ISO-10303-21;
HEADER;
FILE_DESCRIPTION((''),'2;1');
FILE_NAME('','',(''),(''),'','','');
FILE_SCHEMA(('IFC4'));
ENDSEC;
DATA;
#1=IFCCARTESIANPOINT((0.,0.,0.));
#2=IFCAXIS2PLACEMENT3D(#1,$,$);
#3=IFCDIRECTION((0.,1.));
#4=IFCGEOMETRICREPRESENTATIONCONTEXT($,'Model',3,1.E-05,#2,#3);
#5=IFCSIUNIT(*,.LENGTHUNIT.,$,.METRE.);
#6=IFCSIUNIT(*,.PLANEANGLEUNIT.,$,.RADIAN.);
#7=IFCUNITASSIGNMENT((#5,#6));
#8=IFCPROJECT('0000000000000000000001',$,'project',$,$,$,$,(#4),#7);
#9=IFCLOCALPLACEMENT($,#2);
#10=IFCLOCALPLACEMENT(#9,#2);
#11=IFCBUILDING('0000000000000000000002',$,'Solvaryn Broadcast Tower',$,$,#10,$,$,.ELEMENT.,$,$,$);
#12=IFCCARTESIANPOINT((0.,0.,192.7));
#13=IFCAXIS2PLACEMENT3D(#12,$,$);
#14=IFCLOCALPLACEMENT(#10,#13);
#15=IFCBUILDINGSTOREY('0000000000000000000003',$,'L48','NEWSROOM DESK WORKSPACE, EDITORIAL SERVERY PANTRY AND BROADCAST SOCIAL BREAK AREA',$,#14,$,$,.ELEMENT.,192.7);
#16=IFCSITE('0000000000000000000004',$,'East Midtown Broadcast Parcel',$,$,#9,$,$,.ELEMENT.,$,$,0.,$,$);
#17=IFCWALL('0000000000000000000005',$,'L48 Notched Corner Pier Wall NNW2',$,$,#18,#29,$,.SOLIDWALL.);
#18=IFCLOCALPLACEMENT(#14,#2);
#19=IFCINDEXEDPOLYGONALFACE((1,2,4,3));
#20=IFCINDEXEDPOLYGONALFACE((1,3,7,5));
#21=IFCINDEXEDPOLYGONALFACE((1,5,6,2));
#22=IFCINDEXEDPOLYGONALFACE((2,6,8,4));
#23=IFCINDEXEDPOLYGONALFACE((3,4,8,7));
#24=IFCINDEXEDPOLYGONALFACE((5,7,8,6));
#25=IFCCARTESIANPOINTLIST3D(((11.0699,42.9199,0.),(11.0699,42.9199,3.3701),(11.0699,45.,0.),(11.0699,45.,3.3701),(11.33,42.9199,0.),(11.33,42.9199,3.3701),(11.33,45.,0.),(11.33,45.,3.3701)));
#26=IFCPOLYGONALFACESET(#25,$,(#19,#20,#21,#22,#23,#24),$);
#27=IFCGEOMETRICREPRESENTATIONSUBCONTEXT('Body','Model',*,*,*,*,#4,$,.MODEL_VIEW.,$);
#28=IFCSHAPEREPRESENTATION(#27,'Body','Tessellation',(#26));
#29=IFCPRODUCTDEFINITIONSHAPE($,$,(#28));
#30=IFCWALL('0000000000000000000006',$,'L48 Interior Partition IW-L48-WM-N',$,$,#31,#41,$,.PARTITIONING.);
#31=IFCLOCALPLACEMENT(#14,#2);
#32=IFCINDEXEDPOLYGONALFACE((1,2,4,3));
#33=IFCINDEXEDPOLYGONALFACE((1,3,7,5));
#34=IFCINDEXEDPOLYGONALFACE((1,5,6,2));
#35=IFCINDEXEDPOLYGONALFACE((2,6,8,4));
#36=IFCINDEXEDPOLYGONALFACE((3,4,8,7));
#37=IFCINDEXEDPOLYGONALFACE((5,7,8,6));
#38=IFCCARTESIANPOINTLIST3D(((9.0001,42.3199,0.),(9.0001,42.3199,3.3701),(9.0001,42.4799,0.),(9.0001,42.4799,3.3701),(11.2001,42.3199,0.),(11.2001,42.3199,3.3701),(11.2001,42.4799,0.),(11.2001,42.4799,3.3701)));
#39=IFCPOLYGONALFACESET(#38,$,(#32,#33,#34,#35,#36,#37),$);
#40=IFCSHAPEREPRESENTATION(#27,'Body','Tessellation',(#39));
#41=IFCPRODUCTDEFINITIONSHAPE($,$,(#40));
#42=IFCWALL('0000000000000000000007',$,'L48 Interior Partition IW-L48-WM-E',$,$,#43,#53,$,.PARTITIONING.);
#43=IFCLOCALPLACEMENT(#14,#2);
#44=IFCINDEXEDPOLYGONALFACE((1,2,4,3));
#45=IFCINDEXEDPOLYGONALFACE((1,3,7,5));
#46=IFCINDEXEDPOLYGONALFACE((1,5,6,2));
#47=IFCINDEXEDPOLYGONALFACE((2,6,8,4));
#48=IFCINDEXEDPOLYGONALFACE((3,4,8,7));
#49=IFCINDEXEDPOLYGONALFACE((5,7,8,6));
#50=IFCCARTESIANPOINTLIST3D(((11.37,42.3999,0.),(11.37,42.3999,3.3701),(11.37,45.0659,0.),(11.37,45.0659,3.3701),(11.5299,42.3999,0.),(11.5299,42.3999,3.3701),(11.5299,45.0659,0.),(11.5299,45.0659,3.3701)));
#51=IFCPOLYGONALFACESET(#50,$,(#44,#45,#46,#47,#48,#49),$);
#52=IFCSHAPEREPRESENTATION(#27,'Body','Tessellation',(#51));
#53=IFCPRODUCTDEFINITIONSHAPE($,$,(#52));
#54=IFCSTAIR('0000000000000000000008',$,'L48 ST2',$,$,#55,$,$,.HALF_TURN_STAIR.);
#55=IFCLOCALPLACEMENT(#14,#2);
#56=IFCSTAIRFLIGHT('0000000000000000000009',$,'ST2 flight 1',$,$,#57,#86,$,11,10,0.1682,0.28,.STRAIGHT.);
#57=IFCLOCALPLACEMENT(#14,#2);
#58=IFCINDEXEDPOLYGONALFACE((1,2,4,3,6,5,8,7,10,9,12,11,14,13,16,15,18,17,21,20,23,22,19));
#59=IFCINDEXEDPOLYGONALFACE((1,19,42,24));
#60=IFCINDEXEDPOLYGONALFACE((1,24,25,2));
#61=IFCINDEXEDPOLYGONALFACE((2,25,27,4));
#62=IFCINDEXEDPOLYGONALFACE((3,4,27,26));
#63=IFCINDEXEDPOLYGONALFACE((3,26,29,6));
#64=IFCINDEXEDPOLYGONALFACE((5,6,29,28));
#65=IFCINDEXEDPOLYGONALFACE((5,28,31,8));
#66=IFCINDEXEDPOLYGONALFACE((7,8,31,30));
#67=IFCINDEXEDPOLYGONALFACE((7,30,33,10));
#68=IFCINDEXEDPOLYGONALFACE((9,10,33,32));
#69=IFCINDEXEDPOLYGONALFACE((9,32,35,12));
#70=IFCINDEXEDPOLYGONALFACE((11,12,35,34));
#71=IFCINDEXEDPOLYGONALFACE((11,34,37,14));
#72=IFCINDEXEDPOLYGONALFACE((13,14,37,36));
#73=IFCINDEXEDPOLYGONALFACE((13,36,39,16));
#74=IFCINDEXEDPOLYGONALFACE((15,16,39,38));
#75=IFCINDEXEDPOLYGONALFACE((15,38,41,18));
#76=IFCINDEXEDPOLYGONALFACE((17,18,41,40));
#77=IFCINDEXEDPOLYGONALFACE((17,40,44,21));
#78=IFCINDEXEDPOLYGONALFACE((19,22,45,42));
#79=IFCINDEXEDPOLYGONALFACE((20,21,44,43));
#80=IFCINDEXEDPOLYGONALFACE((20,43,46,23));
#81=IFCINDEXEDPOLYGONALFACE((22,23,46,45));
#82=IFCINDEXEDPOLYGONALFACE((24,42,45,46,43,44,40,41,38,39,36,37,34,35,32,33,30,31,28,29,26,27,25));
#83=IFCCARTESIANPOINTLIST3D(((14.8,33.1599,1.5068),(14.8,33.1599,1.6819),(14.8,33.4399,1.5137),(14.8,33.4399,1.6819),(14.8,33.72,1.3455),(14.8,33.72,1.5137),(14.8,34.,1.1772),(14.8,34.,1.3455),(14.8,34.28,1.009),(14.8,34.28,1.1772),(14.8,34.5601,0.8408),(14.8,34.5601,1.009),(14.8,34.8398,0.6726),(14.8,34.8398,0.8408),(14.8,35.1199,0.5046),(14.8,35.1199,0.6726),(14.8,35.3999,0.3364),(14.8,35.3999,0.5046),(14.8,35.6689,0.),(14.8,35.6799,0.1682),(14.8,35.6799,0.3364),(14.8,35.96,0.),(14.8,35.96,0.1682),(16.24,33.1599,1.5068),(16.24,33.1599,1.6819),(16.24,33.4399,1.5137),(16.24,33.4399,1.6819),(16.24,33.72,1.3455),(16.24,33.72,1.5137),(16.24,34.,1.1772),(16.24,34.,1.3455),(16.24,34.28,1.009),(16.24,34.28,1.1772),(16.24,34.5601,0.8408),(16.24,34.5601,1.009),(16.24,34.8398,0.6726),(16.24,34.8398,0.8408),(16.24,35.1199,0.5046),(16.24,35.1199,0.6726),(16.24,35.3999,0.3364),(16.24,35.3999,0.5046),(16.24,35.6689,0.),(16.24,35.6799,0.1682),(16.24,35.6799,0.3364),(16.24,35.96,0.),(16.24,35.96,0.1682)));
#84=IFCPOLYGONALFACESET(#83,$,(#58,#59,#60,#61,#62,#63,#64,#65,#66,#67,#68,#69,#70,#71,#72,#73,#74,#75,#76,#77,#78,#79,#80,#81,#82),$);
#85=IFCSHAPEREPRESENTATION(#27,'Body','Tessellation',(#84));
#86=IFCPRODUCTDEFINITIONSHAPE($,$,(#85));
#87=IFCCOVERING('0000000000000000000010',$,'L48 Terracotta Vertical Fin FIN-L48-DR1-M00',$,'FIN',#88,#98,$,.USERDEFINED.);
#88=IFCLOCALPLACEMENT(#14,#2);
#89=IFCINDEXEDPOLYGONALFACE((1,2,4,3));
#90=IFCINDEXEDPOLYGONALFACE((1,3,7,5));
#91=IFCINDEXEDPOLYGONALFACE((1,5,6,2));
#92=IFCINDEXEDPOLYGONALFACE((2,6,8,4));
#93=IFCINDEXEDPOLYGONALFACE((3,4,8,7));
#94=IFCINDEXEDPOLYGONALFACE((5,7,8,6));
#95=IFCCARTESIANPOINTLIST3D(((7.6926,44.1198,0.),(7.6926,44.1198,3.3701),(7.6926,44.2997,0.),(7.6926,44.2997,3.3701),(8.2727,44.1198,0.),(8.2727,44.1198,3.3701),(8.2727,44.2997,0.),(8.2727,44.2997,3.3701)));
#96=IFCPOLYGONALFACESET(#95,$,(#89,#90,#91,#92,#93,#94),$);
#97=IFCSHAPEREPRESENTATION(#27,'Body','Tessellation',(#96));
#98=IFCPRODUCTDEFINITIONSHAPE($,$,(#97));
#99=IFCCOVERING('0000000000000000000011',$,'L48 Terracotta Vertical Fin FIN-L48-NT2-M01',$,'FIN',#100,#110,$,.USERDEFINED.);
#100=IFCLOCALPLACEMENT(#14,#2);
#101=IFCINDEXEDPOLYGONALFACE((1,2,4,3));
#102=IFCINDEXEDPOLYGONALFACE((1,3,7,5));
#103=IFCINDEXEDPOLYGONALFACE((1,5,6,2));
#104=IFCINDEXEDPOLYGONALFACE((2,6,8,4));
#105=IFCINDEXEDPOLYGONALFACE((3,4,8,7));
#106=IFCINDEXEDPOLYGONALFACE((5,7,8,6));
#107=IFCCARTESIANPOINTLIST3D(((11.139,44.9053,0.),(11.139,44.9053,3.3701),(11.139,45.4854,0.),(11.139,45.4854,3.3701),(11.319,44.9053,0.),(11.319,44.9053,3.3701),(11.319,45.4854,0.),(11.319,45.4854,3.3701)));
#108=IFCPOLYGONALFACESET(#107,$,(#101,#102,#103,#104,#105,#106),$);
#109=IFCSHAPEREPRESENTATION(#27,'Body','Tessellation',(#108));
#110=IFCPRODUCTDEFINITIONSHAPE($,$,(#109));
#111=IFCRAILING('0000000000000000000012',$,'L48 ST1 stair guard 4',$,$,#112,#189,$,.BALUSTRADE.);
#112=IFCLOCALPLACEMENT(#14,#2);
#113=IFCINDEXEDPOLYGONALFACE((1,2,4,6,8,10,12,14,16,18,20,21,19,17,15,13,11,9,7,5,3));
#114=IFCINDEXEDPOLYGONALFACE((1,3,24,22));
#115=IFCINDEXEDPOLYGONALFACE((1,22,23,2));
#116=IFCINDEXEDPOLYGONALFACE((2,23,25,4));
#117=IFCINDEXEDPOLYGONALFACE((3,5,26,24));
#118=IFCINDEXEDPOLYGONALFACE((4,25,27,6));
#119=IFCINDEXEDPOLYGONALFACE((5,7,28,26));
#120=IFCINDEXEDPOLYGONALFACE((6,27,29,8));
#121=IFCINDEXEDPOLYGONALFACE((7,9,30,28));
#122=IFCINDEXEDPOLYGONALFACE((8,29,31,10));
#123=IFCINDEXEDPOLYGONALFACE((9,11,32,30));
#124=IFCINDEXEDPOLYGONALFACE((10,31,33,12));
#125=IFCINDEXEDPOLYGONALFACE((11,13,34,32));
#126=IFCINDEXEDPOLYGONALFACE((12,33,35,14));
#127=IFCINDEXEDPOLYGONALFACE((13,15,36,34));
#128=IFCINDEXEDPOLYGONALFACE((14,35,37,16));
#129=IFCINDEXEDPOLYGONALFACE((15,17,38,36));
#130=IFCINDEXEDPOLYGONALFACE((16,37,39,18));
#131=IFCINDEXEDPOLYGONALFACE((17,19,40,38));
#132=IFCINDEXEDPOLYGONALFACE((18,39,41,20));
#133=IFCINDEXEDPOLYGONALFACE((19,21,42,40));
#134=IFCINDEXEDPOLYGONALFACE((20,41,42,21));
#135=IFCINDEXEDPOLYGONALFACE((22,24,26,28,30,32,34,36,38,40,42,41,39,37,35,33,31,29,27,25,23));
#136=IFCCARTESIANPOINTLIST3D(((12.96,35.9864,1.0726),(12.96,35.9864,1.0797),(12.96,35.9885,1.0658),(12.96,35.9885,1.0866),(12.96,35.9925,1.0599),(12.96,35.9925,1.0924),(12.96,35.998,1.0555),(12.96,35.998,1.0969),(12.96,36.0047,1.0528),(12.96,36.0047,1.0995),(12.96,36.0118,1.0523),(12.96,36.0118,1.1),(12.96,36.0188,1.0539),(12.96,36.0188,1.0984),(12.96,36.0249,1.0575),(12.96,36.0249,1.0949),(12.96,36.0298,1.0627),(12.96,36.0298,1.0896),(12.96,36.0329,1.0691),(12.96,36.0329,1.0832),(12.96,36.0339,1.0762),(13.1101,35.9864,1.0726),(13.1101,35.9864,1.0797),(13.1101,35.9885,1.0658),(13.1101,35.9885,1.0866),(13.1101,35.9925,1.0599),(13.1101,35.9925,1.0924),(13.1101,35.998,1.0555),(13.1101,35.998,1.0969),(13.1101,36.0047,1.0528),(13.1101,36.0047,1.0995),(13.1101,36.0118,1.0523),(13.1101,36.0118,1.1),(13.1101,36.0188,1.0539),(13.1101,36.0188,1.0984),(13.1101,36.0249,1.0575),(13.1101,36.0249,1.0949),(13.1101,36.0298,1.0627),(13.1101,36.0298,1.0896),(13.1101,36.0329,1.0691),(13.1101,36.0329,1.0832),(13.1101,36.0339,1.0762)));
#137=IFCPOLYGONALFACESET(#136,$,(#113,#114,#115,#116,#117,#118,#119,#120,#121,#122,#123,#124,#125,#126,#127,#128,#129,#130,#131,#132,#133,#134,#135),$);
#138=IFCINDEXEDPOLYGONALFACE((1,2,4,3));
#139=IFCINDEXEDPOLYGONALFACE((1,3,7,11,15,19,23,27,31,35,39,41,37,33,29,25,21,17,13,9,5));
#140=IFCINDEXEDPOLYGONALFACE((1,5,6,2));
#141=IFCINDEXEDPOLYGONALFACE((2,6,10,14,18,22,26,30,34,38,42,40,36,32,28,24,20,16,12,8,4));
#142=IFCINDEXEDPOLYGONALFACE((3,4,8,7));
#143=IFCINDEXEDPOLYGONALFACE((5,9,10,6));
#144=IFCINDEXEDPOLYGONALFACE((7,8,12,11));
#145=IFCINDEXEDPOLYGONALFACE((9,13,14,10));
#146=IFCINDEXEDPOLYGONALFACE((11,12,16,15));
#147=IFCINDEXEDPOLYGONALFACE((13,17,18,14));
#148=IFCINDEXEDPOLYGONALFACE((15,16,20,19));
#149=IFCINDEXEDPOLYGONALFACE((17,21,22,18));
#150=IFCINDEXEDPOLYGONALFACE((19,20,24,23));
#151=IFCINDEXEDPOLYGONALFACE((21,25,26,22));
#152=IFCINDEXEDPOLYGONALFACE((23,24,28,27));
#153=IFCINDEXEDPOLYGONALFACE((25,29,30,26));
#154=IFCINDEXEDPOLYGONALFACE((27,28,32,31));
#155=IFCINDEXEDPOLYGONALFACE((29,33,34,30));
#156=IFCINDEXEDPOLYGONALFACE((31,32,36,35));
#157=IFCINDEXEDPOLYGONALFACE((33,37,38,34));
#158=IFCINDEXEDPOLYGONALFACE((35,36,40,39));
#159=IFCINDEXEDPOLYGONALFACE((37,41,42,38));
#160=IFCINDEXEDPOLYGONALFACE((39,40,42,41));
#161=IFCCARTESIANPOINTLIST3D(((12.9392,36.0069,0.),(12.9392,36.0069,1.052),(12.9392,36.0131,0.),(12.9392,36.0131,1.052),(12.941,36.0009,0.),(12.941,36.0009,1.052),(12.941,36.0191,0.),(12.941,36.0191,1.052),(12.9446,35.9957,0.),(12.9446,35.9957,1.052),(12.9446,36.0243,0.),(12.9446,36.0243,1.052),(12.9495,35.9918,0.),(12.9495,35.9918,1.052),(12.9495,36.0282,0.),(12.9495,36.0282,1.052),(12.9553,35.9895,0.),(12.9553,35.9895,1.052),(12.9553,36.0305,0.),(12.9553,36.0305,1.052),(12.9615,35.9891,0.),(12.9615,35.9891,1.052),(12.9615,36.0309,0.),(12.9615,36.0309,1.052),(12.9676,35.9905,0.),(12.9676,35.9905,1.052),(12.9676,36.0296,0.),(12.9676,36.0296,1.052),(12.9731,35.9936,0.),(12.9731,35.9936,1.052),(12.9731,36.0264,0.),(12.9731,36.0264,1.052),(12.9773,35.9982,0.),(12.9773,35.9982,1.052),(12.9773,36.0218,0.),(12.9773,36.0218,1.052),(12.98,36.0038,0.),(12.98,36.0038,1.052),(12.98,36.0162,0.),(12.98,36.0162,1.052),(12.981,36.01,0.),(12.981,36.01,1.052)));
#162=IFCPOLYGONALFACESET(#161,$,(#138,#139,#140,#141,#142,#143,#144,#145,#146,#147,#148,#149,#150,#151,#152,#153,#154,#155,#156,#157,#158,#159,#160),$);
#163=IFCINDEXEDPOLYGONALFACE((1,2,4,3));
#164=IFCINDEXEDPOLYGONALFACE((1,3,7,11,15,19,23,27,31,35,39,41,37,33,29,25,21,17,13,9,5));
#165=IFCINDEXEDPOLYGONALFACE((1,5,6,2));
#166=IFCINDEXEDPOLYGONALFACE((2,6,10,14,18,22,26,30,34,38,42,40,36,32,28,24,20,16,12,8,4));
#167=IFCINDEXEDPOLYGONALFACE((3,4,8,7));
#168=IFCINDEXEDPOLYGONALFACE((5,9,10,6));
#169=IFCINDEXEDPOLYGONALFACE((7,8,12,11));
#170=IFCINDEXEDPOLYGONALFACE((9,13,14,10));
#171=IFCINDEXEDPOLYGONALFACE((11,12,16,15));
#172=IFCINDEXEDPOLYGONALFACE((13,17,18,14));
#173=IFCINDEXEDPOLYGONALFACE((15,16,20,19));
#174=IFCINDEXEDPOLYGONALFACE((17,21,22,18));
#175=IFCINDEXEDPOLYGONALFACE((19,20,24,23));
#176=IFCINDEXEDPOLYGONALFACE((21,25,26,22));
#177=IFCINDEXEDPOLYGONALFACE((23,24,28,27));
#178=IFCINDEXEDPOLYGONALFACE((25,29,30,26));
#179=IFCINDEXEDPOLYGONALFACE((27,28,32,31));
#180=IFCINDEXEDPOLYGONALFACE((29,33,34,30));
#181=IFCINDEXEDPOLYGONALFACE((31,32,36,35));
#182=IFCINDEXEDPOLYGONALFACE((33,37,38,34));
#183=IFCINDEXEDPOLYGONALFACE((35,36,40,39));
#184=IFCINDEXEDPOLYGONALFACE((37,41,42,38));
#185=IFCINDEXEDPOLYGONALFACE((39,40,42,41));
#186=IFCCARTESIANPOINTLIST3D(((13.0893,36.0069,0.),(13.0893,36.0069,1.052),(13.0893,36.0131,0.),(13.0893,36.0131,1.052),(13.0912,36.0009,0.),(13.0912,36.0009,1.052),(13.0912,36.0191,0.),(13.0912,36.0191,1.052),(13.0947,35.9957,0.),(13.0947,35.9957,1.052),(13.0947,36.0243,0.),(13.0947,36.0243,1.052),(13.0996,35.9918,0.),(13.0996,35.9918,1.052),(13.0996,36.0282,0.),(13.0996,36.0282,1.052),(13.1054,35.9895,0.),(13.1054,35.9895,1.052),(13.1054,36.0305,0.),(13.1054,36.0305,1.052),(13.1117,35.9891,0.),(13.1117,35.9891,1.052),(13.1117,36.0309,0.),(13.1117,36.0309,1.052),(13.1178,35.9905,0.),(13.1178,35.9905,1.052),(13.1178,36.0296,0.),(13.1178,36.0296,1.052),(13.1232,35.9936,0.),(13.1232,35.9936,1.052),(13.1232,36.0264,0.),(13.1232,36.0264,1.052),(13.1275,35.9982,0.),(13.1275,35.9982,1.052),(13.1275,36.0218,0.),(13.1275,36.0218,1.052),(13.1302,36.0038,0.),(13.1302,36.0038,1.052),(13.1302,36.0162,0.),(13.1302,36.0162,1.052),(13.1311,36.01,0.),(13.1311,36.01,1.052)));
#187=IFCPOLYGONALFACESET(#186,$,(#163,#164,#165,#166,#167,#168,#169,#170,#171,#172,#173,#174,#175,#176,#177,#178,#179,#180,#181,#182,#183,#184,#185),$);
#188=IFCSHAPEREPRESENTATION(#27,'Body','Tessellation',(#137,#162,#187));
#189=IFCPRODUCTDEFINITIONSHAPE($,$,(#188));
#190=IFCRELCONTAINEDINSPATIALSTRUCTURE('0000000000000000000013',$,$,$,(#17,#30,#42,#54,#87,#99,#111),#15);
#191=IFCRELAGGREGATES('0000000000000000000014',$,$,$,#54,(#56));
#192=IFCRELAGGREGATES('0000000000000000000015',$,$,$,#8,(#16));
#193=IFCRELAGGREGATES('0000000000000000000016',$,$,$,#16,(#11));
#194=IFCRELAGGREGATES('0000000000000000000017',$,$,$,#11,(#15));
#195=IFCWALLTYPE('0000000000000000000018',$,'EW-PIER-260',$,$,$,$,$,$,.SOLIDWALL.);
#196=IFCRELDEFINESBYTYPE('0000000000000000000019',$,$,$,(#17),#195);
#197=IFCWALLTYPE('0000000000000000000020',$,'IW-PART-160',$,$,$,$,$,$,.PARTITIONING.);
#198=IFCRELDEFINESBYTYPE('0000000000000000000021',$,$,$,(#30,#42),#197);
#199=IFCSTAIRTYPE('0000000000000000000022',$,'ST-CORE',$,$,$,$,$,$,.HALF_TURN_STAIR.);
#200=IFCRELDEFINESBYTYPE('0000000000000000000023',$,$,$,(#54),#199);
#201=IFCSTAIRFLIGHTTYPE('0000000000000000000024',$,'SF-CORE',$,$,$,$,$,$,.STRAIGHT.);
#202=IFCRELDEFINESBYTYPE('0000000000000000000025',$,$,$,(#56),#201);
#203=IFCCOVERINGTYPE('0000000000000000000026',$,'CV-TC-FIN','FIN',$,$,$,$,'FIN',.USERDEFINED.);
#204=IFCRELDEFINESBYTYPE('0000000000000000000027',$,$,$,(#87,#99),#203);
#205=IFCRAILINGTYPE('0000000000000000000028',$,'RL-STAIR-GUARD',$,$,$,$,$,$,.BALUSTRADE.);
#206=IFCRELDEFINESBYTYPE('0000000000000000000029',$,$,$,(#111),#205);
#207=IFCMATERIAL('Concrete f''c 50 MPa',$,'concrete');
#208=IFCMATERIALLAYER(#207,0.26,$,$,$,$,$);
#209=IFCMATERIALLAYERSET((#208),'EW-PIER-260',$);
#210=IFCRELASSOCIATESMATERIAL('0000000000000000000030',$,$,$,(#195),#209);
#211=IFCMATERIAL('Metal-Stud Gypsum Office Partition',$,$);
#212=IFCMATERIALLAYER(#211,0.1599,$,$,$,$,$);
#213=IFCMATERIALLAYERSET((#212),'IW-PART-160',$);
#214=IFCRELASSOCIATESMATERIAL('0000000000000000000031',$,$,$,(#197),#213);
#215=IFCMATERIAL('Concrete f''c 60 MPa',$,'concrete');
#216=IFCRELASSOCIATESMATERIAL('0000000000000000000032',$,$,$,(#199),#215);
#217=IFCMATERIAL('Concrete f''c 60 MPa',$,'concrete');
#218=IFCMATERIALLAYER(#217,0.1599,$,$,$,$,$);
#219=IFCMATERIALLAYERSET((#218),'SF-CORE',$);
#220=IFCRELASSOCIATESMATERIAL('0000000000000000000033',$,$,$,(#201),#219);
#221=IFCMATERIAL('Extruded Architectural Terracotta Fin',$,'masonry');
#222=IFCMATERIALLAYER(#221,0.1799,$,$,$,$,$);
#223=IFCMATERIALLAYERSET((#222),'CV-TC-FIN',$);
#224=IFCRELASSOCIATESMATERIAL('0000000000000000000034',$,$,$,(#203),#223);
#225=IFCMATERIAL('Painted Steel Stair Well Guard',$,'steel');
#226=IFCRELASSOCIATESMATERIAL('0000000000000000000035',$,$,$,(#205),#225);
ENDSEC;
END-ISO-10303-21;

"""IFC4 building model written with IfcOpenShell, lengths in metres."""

from ifc_helpers import new_model, si_unit, direction, frame, frame_2d, origin, origin_2d, place, context, subcontext, project, spatial, polyline, rectangle, circle, outline, extrude, material, layer, layer_set, type_object, element, aggregate, save


model = new_model("IFC4")

# Units and contexts
model_context = context("Model", 3, precision=1e-05, world=origin(), true_north=direction((0.0, 1.0)))
body_context = subcontext(model_context, "Body", "Model", "MODEL_VIEW")
ifc_project = project(units=[si_unit("LENGTHUNIT", "METRE"), si_unit("PLANEANGLEUNIT", "RADIAN")], contexts=[model_context])

# Site, building, storey
site_placement = place(None, origin())
site = spatial("IfcSite", under=ifc_project, at=site_placement, Name="East Midtown Broadcast Parcel", CompositionType="ELEMENT", RefElevation=0.0)
building_placement = place(site_placement, origin())
building = spatial("IfcBuilding", under=site, at=building_placement, Name="Solvaryn Broadcast Tower", CompositionType="ELEMENT")
storey_placement = place(building_placement, frame((0.0, 0.0, 192.7)))
storey = spatial("IfcBuildingStorey", under=building, at=storey_placement, Name="L48", Description="NEWSROOM DESK WORKSPACE, EDITORIAL SERVERY PANTRY AND BROADCAST SOCIAL BREAK AREA", CompositionType="ELEMENT", Elevation=192.7)

# Walls
ifc_material_1 = material(Name="Concrete f'c 50 MPa", Category="concrete")
ifc_layer_1 = layer(ifc_material_1, 0.26)
ifc_layer_set_1 = layer_set([ifc_layer_1], Name="EW-PIER-260")
wall_type_1 = type_object("IfcWallType", Name="EW-PIER-260", PredefinedType="SOLIDWALL", material=ifc_layer_set_1)
wall_1_placement = place(storey_placement, frame((11.2, 42.9199, 0.0), z_axis=(0.0, 0.0, 1.0), x_axis=(0.0, 1.0, 0.0)))
element("IfcWall", 1, at=wall_1_placement, inside=storey, type_object=wall_type_1, Name="L48 Notched Corner Pier Wall NNW2", PredefinedType="SOLIDWALL", context=body_context, shape_type="SweptSolid", body=[
    extrude(rectangle(XDim=2.0801, YDim=0.26, at=frame_2d((1.04, 0.0))), origin(), (0.0, 0.0, 1.0), 3.3701),
])
ifc_material_2 = material(Name="Metal-Stud Gypsum Office Partition")
ifc_layer_2 = layer(ifc_material_2, 0.1599)
ifc_layer_set_2 = layer_set([ifc_layer_2], Name="IW-PART-160")
wall_type_2 = type_object("IfcWallType", Name="IW-PART-160", PredefinedType="PARTITIONING", material=ifc_layer_set_2)
wall_2_placement = place(storey_placement, frame((9.0, 42.3999, 0.0), z_axis=(0.0, 0.0, 1.0), x_axis=(1.0, 0.0, 0.0)))
element("IfcWall", 2, at=wall_2_placement, inside=storey, type_object=wall_type_2, Name="L48 Interior Partition IW-L48-WM-N", PredefinedType="PARTITIONING", context=body_context, shape_type="SweptSolid", body=[
    extrude(rectangle(XDim=2.2, YDim=0.1599, at=frame_2d((1.1001, 0.0))), origin(), (0.0, 0.0, 1.0), 3.3701),
])
wall_3_placement = place(storey_placement, frame((11.45, 42.3999, 0.0), z_axis=(0.0, 0.0, 1.0), x_axis=(0.0, 1.0, 0.0)))
element("IfcWall", 3, at=wall_3_placement, inside=storey, type_object=wall_type_2, Name="L48 Interior Partition IW-L48-WM-E", PredefinedType="PARTITIONING", context=body_context, shape_type="SweptSolid", body=[
    extrude(rectangle(XDim=2.666, YDim=0.1599, at=frame_2d((1.333, 0.0))), origin(), (0.0, 0.0, 1.0), 3.3701),
])

# Stair, stair flight
ifc_material_3 = material(Name="Concrete f'c 60 MPa", Category="concrete")
stair_type = type_object("IfcStairType", Name="ST-CORE", PredefinedType="HALF_TURN_STAIR", material=ifc_material_3)
stair_placement = place(storey_placement, origin())
stair = element("IfcStair", 4, at=stair_placement, inside=storey, type_object=stair_type, Name="L48 ST2", PredefinedType="HALF_TURN_STAIR")
ifc_material_4 = material(Name="Concrete f'c 60 MPa", Category="concrete")
ifc_layer_3 = layer(ifc_material_4, 0.1599)
ifc_layer_set_3 = layer_set([ifc_layer_3], Name="SF-CORE")
stair_flight_type = type_object("IfcStairFlightType", Name="SF-CORE", PredefinedType="STRAIGHT", material=ifc_layer_set_3)
stair_flight_placement = place(storey_placement, frame((15.52, 35.96, 0.0), z_axis=(0.0, 0.0, 1.0), x_axis=(0.0, -1.0, 0.0)))
stair_flight = element("IfcStairFlight", 5, at=stair_flight_placement, type_object=stair_flight_type, Name="ST2 flight 1", NumberOfRisers=11, NumberOfTreads=10, PredefinedType="STRAIGHT", RiserHeight=0.1682, TreadLength=0.28, context=body_context, shape_type="SweptSolid", body=[
    extrude(outline(polyline([(0.0, 0.0), (0.0, 0.1682), (0.28, 0.1682), (0.28, 0.3364), (0.5601, 0.3364), (0.5601, 0.5046), (0.8401, 0.5046), (0.8401, 0.6726), (1.1201, 0.6726), (1.1201, 0.8408), (1.3999, 0.8408), (1.3999, 1.009), (1.6799, 1.009), (1.6799, 1.1772), (1.96, 1.1772), (1.96, 1.3455), (2.24, 1.3455), (2.24, 1.5137), (2.52, 1.5137), (2.52, 1.6819), (2.8, 1.6819), (2.8, 1.8501), (2.8, 1.5068), (0.291, 0.0), (0.0, 0.0)])), frame((0.0, 0.72, 0.0), z_axis=(0.0, -1.0, 0.0), x_axis=(1.0, 0.0, 0.0)), (0.0, 0.0, 1.0), 1.4399),
])
aggregate(stair, [stair_flight])

# Coverings
ifc_material_5 = material(Name="Extruded Architectural Terracotta Fin", Category="masonry")
ifc_layer_4 = layer(ifc_material_5, 0.1799)
ifc_layer_set_4 = layer_set([ifc_layer_4], Name="CV-TC-FIN")
covering_type = type_object("IfcCoveringType", Name="CV-TC-FIN", Description="FIN", ElementType="FIN", PredefinedType="USERDEFINED", material=ifc_layer_set_4)
covering_1_placement = place(storey_placement, frame((7.9827, 44.2097, 0.0), z_axis=(0.0, 0.0, 1.0), x_axis=(1.0, 0.0, 0.0)))
element("IfcCovering", 6, at=covering_1_placement, inside=storey, type_object=covering_type, Name="L48 Terracotta Vertical Fin FIN-L48-DR1-M00", ObjectType="FIN", PredefinedType="USERDEFINED", context=body_context, shape_type="SweptSolid", body=[
    extrude(rectangle(XDim=0.5801, YDim=0.1799, at=origin_2d()), origin(), (0.0, 0.0, 1.0), 3.3701),
])
covering_2_placement = place(storey_placement, frame((11.229, 45.1953, 0.0), z_axis=(0.0, 0.0, 1.0), x_axis=(1.0, 0.0, 0.0)))
element("IfcCovering", 7, at=covering_2_placement, inside=storey, type_object=covering_type, Name="L48 Terracotta Vertical Fin FIN-L48-NT2-M01", ObjectType="FIN", PredefinedType="USERDEFINED", context=body_context, shape_type="SweptSolid", body=[
    extrude(rectangle(XDim=0.1799, YDim=0.5801, at=origin_2d()), origin(), (0.0, 0.0, 1.0), 3.3701),
])

# Railing
ifc_material_6 = material(Name="Painted Steel Stair Well Guard", Category="steel")
railing_type_1 = type_object("IfcRailingType", Name="RL-STAIR-GUARD", PredefinedType="BALUSTRADE", material=ifc_material_6)
railing_1_placement = place(storey_placement, frame((12.96, 36.01, 0.0)))
element("IfcRailing", 8, at=railing_1_placement, inside=storey, type_object=railing_type_1, Name="L48 ST1 stair guard 4", PredefinedType="BALUSTRADE", context=body_context, shape_type="SweptSolid", body=[
    extrude(circle(Radius=0.0239, at=origin_2d()), frame((0.0, 0.0, 1.0762), z_axis=(1.0, 0.0, 0.0), x_axis=(0.0, 1.0, 0.0)), (0.0, 0.0, 1.0), 0.1501),
    extrude(circle(Radius=0.021, at=origin_2d()), origin(), (0.0, 0.0, 1.0), 1.052),
    extrude(circle(Radius=0.021, at=origin_2d()), frame((0.1501, 0.0, 0.0)), (0.0, 0.0, 1.0), 1.052),
])

save(model, "model.ifc")
